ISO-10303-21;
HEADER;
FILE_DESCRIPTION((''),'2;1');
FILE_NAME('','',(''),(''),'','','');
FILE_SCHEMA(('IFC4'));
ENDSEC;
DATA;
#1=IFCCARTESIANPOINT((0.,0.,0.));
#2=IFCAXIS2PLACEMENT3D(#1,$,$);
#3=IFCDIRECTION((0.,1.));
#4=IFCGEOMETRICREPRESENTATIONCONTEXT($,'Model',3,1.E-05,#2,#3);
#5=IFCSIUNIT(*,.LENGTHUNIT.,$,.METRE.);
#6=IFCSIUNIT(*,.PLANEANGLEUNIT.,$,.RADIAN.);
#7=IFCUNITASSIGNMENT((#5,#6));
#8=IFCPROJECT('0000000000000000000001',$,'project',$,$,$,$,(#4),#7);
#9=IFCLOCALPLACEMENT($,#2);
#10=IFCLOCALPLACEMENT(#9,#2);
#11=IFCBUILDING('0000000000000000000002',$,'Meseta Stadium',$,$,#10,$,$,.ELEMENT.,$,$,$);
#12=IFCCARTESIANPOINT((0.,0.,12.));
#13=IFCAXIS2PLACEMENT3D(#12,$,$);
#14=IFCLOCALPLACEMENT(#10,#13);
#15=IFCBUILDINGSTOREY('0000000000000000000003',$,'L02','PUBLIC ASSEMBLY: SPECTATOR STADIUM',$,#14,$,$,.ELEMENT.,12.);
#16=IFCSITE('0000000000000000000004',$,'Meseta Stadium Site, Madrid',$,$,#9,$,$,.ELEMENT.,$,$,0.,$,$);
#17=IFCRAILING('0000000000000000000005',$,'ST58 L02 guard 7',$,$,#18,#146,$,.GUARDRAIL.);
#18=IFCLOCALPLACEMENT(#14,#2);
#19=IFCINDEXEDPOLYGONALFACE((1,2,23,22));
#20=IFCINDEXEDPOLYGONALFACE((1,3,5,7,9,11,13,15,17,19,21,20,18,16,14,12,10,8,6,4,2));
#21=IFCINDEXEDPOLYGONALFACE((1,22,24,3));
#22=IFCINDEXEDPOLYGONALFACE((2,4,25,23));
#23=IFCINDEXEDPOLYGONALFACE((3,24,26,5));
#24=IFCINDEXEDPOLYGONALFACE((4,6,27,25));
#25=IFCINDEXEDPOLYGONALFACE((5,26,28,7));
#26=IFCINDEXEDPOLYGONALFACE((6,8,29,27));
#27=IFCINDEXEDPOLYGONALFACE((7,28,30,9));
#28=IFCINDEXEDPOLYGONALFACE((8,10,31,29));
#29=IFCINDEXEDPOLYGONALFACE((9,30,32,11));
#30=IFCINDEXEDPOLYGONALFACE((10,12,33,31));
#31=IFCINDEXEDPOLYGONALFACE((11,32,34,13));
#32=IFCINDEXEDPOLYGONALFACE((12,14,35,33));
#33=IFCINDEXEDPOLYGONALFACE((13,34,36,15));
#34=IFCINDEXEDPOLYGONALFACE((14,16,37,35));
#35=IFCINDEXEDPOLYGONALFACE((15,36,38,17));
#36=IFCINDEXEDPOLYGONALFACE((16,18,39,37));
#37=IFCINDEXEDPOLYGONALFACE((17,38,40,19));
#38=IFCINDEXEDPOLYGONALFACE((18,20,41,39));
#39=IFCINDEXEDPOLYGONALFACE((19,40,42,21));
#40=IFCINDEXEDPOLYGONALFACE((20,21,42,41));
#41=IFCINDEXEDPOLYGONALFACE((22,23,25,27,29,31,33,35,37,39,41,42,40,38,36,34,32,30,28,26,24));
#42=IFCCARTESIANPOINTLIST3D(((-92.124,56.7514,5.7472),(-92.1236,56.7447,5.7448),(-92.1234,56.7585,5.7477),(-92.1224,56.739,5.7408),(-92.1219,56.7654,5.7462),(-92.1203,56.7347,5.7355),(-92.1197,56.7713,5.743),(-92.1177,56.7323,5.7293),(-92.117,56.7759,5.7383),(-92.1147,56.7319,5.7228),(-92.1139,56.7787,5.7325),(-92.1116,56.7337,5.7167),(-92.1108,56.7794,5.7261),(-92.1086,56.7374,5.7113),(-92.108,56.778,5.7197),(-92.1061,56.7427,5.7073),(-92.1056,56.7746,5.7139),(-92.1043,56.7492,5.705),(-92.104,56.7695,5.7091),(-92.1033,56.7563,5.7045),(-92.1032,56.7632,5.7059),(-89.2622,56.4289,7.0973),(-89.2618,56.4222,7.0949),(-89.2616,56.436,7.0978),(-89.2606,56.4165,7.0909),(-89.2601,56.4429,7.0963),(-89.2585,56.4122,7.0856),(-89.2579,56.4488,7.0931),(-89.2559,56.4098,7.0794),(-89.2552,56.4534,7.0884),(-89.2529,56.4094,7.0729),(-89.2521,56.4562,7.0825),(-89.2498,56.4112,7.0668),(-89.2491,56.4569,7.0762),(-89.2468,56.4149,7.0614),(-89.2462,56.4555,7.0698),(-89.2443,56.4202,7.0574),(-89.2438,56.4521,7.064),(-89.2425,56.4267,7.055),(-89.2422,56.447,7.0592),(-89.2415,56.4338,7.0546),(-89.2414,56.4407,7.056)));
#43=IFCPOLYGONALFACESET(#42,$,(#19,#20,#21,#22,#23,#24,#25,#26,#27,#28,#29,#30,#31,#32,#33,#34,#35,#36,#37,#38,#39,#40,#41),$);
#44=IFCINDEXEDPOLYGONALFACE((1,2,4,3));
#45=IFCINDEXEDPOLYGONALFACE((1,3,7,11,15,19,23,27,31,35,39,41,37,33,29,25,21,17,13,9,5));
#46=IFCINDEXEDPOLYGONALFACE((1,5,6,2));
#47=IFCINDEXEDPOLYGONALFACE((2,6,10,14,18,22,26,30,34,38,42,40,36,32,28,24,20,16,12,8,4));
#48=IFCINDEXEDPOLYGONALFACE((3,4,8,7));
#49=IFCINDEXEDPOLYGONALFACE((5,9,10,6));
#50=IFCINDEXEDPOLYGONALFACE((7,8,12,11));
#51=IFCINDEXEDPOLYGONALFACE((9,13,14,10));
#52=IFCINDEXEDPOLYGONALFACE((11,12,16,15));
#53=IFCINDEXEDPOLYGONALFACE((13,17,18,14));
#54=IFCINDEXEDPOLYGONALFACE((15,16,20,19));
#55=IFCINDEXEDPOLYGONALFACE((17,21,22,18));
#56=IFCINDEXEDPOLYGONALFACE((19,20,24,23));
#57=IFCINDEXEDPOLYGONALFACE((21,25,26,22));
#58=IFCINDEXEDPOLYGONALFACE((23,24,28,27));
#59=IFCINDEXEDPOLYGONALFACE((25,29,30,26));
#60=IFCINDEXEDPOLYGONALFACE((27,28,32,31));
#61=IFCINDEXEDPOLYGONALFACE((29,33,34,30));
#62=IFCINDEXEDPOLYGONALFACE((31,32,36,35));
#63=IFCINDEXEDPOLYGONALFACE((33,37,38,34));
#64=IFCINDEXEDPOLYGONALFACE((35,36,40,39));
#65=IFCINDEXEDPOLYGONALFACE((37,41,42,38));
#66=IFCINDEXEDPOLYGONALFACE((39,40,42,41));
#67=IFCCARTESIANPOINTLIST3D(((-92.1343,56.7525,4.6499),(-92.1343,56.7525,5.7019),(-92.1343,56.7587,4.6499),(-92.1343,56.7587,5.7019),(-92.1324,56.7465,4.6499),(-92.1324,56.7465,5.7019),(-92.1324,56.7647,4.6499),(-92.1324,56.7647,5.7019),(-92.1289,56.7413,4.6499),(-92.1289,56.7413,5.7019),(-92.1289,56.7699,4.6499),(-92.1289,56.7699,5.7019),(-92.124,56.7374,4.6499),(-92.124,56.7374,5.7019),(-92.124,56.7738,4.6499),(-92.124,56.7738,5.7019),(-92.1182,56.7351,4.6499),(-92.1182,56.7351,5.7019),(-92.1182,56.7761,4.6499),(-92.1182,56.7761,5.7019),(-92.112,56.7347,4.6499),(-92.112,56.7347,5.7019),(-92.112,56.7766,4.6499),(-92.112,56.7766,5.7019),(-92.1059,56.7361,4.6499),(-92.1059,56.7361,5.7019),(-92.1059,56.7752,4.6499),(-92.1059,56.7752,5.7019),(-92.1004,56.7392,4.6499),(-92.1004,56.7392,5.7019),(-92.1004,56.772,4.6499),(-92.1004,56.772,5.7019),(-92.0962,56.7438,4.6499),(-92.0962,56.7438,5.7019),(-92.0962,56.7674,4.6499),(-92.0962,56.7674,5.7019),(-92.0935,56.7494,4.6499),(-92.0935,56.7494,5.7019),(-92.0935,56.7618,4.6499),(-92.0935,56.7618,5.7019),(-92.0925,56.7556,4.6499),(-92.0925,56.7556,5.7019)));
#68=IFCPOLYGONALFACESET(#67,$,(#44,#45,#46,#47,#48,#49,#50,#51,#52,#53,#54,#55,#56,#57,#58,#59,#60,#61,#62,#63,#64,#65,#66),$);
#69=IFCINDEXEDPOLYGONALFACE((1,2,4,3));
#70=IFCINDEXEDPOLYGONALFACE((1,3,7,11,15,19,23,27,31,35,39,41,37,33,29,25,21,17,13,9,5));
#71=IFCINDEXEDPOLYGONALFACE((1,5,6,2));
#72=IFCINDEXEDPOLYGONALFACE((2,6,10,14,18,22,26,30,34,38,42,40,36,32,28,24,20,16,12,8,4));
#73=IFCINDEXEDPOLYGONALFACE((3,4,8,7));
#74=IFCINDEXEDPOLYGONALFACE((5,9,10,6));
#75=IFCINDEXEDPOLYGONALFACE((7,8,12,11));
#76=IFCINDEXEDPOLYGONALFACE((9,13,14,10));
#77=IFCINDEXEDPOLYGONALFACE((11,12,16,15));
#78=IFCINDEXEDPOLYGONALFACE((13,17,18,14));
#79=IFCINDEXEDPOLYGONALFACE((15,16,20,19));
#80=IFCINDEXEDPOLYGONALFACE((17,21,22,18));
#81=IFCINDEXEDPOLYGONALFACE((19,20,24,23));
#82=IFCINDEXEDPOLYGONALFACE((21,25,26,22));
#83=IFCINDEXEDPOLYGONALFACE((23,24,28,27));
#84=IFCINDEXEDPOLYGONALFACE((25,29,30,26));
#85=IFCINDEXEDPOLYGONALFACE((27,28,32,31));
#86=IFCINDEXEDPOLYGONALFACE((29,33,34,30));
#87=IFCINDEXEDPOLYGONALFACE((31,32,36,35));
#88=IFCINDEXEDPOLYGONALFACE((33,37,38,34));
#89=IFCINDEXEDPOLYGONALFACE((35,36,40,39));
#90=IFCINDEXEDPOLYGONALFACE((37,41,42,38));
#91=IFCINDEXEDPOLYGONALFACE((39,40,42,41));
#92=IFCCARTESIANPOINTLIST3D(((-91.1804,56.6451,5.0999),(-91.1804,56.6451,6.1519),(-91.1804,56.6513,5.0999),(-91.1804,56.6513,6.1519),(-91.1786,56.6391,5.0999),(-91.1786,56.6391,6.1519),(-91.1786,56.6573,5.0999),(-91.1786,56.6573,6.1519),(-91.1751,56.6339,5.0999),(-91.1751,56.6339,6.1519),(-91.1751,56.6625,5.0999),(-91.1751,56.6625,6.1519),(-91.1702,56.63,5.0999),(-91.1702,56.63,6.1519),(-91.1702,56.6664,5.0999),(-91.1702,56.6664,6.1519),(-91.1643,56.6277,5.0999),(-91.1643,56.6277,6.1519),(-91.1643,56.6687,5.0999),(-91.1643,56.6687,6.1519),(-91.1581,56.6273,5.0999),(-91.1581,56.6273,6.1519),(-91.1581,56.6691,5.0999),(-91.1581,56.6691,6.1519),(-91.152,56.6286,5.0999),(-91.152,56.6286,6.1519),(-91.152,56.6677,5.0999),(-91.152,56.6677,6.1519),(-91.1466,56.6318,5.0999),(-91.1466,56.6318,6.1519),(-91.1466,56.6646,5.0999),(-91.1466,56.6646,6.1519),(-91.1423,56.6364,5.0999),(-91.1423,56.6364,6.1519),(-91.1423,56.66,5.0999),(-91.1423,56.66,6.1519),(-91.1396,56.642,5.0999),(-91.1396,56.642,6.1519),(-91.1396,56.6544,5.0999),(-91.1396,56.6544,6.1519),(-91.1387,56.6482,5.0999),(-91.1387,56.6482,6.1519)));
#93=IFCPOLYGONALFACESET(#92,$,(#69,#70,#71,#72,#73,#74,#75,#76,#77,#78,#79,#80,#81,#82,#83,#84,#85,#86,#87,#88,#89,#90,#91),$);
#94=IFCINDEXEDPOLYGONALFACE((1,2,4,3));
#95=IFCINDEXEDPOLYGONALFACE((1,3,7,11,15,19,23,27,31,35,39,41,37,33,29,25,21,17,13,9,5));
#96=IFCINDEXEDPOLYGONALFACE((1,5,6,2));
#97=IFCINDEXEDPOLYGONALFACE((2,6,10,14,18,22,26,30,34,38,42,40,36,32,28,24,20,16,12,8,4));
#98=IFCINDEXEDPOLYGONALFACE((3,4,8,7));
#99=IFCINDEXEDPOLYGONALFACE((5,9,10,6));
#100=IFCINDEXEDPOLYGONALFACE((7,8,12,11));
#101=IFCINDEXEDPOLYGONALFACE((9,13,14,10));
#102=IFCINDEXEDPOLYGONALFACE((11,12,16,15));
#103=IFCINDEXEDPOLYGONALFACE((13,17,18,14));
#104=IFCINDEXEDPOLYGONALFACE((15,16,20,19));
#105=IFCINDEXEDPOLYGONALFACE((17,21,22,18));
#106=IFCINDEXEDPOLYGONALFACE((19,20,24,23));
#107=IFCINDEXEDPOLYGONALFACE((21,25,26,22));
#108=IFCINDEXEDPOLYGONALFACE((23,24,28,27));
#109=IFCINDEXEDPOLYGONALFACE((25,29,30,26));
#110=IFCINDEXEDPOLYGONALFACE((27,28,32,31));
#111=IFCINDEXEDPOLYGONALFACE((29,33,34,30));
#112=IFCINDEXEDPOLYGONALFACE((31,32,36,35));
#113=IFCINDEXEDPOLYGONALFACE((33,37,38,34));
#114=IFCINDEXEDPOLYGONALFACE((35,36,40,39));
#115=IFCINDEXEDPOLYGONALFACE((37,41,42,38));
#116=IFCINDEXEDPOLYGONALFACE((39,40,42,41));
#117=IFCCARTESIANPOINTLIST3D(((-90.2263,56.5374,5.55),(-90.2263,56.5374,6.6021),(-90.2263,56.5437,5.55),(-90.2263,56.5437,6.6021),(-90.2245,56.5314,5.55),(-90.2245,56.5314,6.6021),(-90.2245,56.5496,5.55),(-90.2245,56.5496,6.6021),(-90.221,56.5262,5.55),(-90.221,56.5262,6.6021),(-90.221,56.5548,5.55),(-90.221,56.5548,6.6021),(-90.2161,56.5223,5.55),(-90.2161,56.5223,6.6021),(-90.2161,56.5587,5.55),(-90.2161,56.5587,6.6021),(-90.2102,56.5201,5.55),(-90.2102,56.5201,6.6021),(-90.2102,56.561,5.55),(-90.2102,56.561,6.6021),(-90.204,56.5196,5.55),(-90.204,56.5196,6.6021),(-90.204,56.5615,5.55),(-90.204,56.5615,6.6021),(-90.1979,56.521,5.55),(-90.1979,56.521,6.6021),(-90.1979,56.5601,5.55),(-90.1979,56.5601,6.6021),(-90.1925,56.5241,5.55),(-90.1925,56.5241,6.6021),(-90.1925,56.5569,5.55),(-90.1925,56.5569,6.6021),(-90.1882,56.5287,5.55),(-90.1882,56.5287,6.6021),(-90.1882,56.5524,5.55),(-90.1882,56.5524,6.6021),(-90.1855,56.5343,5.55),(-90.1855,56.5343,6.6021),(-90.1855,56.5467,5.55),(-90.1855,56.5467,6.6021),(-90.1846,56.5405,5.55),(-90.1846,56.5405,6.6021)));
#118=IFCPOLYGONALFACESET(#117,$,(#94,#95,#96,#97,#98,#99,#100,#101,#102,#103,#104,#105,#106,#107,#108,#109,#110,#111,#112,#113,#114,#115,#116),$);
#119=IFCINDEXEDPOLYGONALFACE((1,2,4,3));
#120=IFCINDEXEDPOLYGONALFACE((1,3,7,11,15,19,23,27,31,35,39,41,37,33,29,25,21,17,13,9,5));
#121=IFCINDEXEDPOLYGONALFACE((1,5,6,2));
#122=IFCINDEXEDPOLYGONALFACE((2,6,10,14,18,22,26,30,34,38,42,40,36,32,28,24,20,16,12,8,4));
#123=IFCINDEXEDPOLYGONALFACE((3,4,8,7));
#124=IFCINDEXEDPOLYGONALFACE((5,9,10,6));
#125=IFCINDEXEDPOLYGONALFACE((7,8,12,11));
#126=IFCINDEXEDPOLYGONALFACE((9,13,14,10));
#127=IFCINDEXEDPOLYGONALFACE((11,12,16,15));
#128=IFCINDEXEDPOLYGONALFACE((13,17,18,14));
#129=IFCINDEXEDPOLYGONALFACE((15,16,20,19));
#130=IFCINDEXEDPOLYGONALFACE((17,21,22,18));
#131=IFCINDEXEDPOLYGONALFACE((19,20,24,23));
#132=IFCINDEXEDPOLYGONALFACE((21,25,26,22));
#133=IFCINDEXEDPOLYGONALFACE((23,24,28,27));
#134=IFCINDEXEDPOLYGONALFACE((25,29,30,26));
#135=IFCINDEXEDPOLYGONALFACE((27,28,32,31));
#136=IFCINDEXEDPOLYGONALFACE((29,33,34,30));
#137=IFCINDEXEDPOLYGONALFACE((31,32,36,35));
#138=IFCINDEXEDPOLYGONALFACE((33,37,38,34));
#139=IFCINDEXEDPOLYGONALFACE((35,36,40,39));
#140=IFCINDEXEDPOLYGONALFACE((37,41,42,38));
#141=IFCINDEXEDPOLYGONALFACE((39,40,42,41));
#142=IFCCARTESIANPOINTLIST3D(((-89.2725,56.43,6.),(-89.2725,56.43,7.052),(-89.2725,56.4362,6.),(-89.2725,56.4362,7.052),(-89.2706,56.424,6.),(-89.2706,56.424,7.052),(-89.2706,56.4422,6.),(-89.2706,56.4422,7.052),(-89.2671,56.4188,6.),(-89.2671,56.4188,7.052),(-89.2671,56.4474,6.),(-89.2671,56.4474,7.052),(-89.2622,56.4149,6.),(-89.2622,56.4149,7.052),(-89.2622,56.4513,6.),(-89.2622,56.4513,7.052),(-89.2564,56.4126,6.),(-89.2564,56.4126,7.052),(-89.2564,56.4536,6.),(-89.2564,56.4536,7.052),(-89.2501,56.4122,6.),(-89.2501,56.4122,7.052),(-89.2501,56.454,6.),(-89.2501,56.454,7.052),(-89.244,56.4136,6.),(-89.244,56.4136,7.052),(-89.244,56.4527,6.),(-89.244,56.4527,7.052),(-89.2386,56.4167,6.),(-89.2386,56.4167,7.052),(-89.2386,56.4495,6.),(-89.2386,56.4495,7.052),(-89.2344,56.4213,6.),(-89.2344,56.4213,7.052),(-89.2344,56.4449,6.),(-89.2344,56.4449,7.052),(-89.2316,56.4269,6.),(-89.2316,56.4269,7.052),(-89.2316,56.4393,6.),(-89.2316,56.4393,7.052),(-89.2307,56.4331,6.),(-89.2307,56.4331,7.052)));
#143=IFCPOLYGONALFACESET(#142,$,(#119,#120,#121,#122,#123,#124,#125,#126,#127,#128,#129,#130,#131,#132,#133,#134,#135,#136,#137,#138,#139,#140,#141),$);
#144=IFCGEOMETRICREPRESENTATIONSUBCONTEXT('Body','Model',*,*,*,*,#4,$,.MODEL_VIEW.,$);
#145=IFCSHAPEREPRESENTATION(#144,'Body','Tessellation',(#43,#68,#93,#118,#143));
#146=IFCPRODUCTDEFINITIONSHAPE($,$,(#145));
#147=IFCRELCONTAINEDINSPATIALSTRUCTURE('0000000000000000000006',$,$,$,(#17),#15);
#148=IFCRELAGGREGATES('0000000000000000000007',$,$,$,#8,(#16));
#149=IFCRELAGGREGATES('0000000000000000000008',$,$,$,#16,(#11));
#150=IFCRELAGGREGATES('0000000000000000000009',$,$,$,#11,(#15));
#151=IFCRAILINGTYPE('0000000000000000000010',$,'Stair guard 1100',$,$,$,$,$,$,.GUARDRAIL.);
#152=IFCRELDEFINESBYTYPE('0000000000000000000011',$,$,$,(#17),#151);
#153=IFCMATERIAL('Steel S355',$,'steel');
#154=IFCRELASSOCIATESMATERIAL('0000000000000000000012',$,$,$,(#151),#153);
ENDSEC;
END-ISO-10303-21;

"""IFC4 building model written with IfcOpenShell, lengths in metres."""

from ifc_helpers import new_model, si_unit, direction, frame, origin, origin_2d, place, context, subcontext, project, spatial, circle, extrude, material, type_object, element, save


model = new_model("IFC4")

# Units and contexts
model_context = context("Model", 3, precision=1e-05, world=origin(), true_north=direction((0.0, 1.0)))
body_context = subcontext(model_context, "Body", "Model", "MODEL_VIEW")
ifc_project = project(units=[si_unit("LENGTHUNIT", "METRE"), si_unit("PLANEANGLEUNIT", "RADIAN")], contexts=[model_context])

# Site, building, storey
site_placement = place(None, origin())
site = spatial("IfcSite", under=ifc_project, at=site_placement, Name="Meseta Stadium Site, Madrid", CompositionType="ELEMENT", RefElevation=0.0)
building_placement = place(site_placement, origin())
building = spatial("IfcBuilding", under=site, at=building_placement, Name="Meseta Stadium", CompositionType="ELEMENT")
storey_placement = place(building_placement, frame((0.0, 0.0, 12.0)))
storey = spatial("IfcBuildingStorey", under=building, at=storey_placement, Name="L02", Description="PUBLIC ASSEMBLY: SPECTATOR STADIUM", CompositionType="ELEMENT", Elevation=12.0)

# Railing
ifc_material_1 = material(Name="Steel S355", Category="steel")
railing_type_1 = type_object("IfcRailingType", Name="Stair guard 1100", PredefinedType="GUARDRAIL", material=ifc_material_1)
railing_1_placement = place(storey_placement, frame((-92.1135, 56.7556, 4.6499)))
element("IfcRailing", 1, at=railing_1_placement, inside=storey, type_object=railing_type_1, Name="ST58 L02 guard 7", PredefinedType="GUARDRAIL", context=body_context, shape_type="SweptSolid", body=[
    extrude(circle(Radius=0.0239, at=origin_2d()), frame((0.0, 0.0, 1.0762), z_axis=(0.899748, -0.101396, 0.424467), x_axis=(0.111985, 0.99371, 0.0)), (0.0, 0.0, 1.0), 3.1807),
    extrude(circle(Radius=0.021, at=origin_2d()), origin(), (0.0, 0.0, 1.0), 1.052),
    extrude(circle(Radius=0.021, at=origin_2d()), frame((0.9539, -0.1074, 0.45)), (0.0, 0.0, 1.0), 1.052),
    extrude(circle(Radius=0.021, at=origin_2d()), frame((1.908, -0.2151, 0.9001)), (0.0, 0.0, 1.0), 1.052),
    extrude(circle(Radius=0.021, at=origin_2d()), frame((2.8618, -0.3225, 1.3501)), (0.0, 0.0, 1.0), 1.052),
])

save(model, "model.ifc")
